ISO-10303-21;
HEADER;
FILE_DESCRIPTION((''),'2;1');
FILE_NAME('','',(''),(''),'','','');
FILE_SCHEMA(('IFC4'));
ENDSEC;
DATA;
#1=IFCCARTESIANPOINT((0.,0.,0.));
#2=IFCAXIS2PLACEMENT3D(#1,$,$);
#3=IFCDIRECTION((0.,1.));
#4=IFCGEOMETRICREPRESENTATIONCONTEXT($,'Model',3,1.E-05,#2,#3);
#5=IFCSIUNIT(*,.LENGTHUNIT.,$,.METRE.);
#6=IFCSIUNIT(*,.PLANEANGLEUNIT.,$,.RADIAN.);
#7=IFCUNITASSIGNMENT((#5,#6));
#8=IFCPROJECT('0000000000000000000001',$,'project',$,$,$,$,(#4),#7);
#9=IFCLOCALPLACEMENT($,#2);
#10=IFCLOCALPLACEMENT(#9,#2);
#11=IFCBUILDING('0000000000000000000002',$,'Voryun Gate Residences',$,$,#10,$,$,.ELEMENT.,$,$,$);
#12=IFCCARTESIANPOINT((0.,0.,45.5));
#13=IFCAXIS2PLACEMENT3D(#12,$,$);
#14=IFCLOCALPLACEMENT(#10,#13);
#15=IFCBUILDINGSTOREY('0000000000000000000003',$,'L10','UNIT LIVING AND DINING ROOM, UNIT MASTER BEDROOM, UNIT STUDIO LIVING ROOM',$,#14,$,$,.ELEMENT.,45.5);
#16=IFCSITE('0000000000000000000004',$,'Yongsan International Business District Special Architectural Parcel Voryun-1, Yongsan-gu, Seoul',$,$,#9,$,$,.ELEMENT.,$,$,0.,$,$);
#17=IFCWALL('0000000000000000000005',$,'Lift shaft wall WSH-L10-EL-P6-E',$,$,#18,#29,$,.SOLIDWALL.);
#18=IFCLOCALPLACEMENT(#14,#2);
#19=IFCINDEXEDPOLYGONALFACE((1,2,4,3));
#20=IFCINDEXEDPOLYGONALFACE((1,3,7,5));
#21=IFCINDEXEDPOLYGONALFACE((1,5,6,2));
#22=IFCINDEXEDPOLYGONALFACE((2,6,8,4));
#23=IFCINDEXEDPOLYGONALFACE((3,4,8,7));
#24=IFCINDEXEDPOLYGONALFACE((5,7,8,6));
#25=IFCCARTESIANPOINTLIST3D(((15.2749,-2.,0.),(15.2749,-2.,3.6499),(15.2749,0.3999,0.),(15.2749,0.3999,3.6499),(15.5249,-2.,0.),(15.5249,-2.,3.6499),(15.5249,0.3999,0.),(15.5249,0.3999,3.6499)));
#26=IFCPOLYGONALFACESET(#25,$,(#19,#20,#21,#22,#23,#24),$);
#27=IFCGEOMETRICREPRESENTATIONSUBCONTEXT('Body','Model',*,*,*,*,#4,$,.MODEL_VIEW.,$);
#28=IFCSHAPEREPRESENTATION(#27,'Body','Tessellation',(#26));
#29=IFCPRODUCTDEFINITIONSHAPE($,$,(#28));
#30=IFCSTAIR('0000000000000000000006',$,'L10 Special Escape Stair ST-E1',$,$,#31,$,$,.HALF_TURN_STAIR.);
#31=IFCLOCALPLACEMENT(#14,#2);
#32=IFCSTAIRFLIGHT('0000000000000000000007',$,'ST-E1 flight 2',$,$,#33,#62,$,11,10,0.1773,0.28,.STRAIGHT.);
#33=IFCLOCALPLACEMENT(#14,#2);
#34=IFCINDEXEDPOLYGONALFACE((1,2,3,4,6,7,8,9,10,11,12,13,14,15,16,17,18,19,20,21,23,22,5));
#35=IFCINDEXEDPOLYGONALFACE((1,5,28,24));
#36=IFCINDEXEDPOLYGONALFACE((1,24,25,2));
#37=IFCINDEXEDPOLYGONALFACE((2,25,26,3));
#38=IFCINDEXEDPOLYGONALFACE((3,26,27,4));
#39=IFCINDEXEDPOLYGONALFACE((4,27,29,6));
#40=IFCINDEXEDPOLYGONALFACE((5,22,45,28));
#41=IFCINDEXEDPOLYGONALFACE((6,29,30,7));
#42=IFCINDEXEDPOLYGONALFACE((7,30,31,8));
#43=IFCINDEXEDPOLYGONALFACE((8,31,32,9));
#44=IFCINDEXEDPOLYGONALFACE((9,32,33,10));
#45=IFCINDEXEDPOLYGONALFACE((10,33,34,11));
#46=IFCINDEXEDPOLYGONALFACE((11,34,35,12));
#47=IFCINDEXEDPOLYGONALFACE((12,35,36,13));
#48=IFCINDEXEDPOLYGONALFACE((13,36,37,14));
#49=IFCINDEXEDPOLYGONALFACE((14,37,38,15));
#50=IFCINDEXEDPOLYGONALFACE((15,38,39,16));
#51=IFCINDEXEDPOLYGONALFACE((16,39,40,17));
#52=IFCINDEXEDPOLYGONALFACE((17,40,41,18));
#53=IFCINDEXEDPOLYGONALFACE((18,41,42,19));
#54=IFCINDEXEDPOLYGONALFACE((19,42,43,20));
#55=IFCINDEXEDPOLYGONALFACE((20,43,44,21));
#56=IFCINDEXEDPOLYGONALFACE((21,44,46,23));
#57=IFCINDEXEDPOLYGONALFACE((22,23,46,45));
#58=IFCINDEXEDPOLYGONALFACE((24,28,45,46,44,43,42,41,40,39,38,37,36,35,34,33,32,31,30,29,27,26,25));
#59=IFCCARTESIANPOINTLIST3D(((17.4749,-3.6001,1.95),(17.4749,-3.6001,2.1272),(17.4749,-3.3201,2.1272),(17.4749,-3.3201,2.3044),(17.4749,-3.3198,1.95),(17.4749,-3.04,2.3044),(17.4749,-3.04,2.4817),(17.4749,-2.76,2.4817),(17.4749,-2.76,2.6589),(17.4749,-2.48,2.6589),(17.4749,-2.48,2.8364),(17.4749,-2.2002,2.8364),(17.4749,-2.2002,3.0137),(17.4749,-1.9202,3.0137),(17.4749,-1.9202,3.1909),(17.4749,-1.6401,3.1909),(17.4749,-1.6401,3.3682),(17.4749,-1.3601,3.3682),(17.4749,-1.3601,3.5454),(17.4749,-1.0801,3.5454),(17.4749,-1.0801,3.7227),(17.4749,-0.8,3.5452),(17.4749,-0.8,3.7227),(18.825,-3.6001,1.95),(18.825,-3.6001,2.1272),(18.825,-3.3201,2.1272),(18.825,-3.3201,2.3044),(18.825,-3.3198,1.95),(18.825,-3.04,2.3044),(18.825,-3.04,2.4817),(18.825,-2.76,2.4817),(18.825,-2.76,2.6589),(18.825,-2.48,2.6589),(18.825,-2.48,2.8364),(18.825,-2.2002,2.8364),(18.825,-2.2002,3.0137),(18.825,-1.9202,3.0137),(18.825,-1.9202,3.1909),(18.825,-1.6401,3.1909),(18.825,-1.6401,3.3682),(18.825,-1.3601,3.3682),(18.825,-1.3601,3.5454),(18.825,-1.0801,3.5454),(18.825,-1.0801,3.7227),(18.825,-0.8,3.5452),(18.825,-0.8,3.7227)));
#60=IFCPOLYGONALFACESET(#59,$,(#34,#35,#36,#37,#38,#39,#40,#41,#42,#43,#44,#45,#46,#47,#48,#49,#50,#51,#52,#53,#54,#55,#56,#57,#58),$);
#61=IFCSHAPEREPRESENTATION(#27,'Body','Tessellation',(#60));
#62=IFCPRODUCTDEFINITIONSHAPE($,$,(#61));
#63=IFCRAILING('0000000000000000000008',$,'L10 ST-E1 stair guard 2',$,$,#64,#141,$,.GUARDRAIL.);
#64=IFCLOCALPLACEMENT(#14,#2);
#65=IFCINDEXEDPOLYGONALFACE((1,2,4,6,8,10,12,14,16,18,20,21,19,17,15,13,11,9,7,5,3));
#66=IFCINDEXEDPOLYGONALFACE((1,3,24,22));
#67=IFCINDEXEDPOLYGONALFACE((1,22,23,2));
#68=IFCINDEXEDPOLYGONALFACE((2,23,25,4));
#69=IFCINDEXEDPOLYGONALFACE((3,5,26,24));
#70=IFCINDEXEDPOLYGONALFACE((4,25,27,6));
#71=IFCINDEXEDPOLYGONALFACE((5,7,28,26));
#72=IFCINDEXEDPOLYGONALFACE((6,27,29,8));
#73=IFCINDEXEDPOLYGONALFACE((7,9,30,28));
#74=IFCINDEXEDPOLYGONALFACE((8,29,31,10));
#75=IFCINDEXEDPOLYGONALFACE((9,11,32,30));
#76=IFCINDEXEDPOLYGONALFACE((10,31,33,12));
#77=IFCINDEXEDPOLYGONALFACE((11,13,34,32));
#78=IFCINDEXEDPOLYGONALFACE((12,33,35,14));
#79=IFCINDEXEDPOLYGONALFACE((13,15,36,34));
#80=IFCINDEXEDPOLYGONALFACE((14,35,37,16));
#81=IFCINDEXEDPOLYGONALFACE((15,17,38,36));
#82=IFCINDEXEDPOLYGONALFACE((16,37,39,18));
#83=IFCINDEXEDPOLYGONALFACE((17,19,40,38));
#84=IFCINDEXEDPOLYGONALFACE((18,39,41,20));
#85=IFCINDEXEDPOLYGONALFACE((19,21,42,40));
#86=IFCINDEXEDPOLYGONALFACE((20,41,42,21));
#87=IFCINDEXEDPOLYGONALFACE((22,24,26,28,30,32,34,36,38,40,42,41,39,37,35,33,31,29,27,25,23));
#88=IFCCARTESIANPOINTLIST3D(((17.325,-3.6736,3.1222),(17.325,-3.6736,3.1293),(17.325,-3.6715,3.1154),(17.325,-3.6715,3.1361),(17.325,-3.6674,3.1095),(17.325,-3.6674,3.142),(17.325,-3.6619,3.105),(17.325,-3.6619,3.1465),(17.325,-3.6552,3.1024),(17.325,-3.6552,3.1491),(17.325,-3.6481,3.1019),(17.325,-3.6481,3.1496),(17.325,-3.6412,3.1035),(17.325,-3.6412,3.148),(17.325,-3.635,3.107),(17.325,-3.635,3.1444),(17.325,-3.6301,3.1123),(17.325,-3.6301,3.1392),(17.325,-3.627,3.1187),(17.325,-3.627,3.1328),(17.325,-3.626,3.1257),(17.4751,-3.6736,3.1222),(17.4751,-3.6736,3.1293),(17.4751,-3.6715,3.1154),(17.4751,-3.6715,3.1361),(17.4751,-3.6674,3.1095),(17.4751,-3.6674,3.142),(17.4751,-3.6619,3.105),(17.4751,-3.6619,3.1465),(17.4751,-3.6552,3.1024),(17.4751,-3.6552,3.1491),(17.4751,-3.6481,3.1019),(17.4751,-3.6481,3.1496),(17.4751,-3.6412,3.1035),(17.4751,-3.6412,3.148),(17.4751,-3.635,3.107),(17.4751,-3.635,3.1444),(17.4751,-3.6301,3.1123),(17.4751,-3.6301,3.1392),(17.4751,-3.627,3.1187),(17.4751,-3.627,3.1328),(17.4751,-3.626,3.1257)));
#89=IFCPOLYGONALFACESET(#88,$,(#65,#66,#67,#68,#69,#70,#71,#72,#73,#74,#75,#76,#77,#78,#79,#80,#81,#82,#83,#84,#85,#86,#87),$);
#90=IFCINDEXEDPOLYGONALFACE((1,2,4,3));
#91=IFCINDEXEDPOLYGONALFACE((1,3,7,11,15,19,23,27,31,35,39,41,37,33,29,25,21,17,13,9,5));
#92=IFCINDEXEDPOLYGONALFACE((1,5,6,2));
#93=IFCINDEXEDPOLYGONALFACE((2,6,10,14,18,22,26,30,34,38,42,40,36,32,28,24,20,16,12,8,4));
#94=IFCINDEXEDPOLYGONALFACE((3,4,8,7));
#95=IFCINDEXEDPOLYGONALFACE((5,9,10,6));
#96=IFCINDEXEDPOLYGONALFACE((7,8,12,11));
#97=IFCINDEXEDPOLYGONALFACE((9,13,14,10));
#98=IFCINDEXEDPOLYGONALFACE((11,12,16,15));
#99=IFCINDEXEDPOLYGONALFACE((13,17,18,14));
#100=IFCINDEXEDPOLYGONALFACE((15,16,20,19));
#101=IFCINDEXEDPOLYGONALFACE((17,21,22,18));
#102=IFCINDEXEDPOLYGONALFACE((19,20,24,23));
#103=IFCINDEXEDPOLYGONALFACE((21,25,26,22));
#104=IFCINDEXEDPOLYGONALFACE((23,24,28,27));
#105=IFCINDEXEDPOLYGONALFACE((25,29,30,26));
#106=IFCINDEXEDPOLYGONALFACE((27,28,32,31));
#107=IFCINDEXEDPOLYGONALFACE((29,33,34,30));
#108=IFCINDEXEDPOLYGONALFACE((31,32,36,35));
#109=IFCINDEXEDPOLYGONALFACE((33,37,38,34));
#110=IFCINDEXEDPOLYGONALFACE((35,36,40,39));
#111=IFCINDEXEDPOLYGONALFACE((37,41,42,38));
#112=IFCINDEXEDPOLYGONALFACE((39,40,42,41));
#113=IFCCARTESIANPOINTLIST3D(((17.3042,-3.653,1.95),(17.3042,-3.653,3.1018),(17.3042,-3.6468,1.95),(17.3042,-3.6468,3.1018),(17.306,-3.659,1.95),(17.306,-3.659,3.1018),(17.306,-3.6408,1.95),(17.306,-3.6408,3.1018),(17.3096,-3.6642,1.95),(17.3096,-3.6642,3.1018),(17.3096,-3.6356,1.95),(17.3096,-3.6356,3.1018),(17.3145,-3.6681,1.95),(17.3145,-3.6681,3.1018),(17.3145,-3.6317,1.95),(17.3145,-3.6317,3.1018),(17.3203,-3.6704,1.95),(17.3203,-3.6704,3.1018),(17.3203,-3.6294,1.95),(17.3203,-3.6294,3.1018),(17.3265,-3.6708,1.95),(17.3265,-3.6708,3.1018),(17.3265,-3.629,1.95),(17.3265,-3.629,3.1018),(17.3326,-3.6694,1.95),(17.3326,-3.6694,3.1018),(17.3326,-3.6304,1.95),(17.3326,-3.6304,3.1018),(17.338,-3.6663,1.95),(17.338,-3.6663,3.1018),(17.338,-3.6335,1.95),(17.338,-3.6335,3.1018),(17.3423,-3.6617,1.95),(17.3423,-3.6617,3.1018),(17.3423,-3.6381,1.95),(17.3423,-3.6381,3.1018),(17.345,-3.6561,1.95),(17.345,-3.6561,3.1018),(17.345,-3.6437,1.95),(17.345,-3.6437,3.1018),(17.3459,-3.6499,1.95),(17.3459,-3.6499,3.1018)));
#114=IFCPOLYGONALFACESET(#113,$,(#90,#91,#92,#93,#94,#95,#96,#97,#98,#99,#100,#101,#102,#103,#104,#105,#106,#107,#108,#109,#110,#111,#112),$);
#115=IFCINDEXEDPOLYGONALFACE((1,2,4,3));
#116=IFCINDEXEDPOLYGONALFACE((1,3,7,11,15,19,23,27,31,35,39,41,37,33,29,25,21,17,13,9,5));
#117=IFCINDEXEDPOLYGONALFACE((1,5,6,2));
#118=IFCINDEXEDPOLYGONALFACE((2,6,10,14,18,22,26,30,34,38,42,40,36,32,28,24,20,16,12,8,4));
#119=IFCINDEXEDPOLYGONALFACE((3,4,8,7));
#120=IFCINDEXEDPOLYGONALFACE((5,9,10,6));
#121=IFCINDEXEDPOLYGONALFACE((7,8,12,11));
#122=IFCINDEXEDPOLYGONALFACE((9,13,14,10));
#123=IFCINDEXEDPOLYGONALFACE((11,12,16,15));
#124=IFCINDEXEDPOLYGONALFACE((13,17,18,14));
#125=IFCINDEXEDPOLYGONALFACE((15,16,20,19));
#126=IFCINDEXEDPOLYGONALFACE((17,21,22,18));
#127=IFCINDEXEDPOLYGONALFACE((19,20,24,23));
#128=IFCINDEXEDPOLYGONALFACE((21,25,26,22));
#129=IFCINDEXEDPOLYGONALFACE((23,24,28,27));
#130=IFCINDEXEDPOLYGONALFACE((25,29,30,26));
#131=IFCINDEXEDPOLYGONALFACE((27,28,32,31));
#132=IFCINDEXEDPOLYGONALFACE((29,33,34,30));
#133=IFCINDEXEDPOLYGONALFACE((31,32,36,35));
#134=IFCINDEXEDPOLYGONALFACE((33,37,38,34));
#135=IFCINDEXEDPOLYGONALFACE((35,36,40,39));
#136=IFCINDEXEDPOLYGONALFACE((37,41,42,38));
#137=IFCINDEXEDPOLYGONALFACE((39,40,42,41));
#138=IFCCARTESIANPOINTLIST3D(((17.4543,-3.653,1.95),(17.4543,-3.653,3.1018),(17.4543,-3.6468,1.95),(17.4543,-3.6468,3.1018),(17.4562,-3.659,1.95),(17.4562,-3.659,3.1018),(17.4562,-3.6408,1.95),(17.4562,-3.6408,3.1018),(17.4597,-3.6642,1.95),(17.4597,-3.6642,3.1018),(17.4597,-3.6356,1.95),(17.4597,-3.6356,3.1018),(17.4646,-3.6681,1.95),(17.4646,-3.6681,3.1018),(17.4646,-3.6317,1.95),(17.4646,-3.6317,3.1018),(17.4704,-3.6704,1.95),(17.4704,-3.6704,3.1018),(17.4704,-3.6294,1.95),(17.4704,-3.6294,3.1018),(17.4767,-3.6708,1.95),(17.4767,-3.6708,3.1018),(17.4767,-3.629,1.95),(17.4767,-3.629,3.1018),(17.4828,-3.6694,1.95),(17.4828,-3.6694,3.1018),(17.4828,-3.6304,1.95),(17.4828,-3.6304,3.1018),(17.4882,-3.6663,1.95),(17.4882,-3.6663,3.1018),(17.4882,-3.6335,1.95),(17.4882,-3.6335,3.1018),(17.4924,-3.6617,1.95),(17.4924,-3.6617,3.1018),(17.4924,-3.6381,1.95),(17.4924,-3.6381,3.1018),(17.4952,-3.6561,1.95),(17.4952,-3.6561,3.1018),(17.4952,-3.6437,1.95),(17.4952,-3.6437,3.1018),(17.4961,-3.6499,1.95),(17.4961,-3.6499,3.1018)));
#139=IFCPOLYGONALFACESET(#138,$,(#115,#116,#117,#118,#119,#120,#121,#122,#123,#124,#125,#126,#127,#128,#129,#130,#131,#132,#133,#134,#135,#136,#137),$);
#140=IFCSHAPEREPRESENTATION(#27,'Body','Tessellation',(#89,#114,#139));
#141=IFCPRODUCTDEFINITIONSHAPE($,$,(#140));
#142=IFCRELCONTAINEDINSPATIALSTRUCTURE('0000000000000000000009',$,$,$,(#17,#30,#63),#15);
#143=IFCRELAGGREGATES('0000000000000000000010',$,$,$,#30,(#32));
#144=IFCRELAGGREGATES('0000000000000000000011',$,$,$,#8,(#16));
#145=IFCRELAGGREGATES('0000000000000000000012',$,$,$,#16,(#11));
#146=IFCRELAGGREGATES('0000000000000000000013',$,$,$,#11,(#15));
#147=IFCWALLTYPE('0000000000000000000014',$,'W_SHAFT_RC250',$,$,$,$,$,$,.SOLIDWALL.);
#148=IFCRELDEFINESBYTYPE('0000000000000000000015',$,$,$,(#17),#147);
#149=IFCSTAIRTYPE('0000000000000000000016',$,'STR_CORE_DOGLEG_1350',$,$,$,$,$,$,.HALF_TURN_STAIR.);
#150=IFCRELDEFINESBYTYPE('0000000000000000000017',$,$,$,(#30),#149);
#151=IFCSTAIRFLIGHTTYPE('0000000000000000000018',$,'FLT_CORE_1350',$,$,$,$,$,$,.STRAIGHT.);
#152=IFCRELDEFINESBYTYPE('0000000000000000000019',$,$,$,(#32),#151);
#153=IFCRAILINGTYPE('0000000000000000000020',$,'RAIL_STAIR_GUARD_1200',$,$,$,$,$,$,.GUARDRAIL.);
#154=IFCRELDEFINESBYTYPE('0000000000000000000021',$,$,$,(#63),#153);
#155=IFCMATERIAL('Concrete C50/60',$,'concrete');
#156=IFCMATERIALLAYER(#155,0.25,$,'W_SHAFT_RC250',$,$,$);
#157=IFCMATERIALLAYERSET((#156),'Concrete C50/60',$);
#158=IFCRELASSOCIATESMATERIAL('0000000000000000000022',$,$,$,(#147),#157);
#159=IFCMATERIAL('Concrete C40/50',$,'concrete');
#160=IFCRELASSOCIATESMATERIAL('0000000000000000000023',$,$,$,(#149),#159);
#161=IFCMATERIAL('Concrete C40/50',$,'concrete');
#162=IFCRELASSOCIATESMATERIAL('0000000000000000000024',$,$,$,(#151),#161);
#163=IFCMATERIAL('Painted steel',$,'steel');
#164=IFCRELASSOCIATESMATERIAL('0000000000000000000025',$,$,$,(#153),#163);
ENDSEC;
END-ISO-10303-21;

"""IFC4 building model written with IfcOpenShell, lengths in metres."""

from ifc_helpers import new_model, si_unit, direction, frame, frame_2d, origin, origin_2d, place, context, subcontext, project, spatial, polyline, rectangle, circle, outline, extrude, material, layer, layer_set, type_object, element, aggregate, save


model = new_model("IFC4")

# Units and contexts
model_context = context("Model", 3, precision=1e-05, world=origin(), true_north=direction((0.0, 1.0)))
body_context = subcontext(model_context, "Body", "Model", "MODEL_VIEW")
ifc_project = project(units=[si_unit("LENGTHUNIT", "METRE"), si_unit("PLANEANGLEUNIT", "RADIAN")], contexts=[model_context])

# Site, building, storey
site_placement = place(None, origin())
site = spatial("IfcSite", under=ifc_project, at=site_placement, Name="Yongsan International Business District Special Architectural Parcel Voryun-1, Yongsan-gu, Seoul", CompositionType="ELEMENT", RefElevation=0.0)
building_placement = place(site_placement, origin())
building = spatial("IfcBuilding", under=site, at=building_placement, Name="Voryun Gate Residences", CompositionType="ELEMENT")
storey_placement = place(building_placement, frame((0.0, 0.0, 45.5)))
storey = spatial("IfcBuildingStorey", under=building, at=storey_placement, Name="L10", Description="UNIT LIVING AND DINING ROOM, UNIT MASTER BEDROOM, UNIT STUDIO LIVING ROOM", CompositionType="ELEMENT", Elevation=45.5)

# Wall
ifc_material_1 = material(Name="Concrete C50/60", Category="concrete")
ifc_layer_1 = layer(ifc_material_1, 0.25, Name="W_SHAFT_RC250")
ifc_layer_set_1 = layer_set([ifc_layer_1], Name="Concrete C50/60")
wall_type_1 = type_object("IfcWallType", Name="W_SHAFT_RC250", PredefinedType="SOLIDWALL", material=ifc_layer_set_1)
wall_1_placement = place(storey_placement, frame((15.3999, -2.0, 0.0), z_axis=(0.0, 0.0, 1.0), x_axis=(0.0, 1.0, 0.0)))
element("IfcWall", 1, at=wall_1_placement, inside=storey, type_object=wall_type_1, Name="Lift shaft wall WSH-L10-EL-P6-E", PredefinedType="SOLIDWALL", context=body_context, shape_type="SweptSolid", body=[
    extrude(rectangle(XDim=2.3999, YDim=0.25, at=frame_2d((1.2, 0.0))), origin(), (0.0, 0.0, 1.0), 3.6499),
])

# Stair, stair flight
ifc_material_2 = material(Name="Concrete C40/50", Category="concrete")
stair_type = type_object("IfcStairType", Name="STR_CORE_DOGLEG_1350", PredefinedType="HALF_TURN_STAIR", material=ifc_material_2)
stair_placement = place(storey_placement, origin())
stair = element("IfcStair", 2, at=stair_placement, inside=storey, type_object=stair_type, Name="L10 Special Escape Stair ST-E1", PredefinedType="HALF_TURN_STAIR")
ifc_material_3 = material(Name="Concrete C40/50", Category="concrete")
stair_flight_type = type_object("IfcStairFlightType", Name="FLT_CORE_1350", PredefinedType="STRAIGHT", material=ifc_material_3)
stair_flight_placement = place(storey_placement, frame((18.1499, -3.6001, 1.95), z_axis=(0.0, 0.0, 1.0), x_axis=(0.0, 1.0, 0.0)))
stair_flight = element("IfcStairFlight", 3, at=stair_flight_placement, type_object=stair_flight_type, Name="ST-E1 flight 2", NumberOfRisers=11, NumberOfTreads=10, PredefinedType="STRAIGHT", RiserHeight=0.1773, TreadLength=0.28, context=body_context, shape_type="SweptSolid", body=[
    extrude(outline(polyline([(0.0, 0.0), (0.0, 0.1772), (0.28, 0.1772), (0.28, 0.3545), (0.5601, 0.3545), (0.5601, 0.5317), (0.8401, 0.5317), (0.8401, 0.709), (1.1201, 0.709), (1.1201, 0.8865), (1.3999, 0.8865), (1.3999, 1.0637), (1.6799, 1.0637), (1.6799, 1.241), (1.96, 1.241), (1.96, 1.4182), (2.24, 1.4182), (2.24, 1.5955), (2.52, 1.5955), (2.52, 1.7727), (2.8, 1.7727), (2.8, 1.95), (2.8, 1.5952), (0.2803, 0.0), (0.0, 0.0)])), frame((0.0, 0.675, 0.0), z_axis=(0.0, -1.0, 0.0), x_axis=(1.0, 0.0, 0.0)), (0.0, 0.0, 1.0), 1.3501),
])
aggregate(stair, [stair_flight])

# Railing
ifc_material_4 = material(Name="Painted steel", Category="steel")
railing_type_1 = type_object("IfcRailingType", Name="RAIL_STAIR_GUARD_1200", PredefinedType="GUARDRAIL", material=ifc_material_4)
railing_1_placement = place(storey_placement, frame((17.325, -3.6499, 1.95)))
element("IfcRailing", 4, at=railing_1_placement, inside=storey, type_object=railing_type_1, Name="L10 ST-E1 stair guard 2", PredefinedType="GUARDRAIL", context=body_context, shape_type="SweptSolid", body=[
    extrude(circle(Radius=0.0239, at=origin_2d()), frame((0.0, 0.0, 1.1758), z_axis=(1.0, 0.0, 0.0), x_axis=(0.0, 1.0, 0.0)), (0.0, 0.0, 1.0), 0.1501),
    extrude(circle(Radius=0.021, at=origin_2d()), origin(), (0.0, 0.0, 1.0), 1.1519),
    extrude(circle(Radius=0.021, at=origin_2d()), frame((0.1501, 0.0, 0.0)), (0.0, 0.0, 1.0), 1.1519),
])

save(model, "model.ifc")
